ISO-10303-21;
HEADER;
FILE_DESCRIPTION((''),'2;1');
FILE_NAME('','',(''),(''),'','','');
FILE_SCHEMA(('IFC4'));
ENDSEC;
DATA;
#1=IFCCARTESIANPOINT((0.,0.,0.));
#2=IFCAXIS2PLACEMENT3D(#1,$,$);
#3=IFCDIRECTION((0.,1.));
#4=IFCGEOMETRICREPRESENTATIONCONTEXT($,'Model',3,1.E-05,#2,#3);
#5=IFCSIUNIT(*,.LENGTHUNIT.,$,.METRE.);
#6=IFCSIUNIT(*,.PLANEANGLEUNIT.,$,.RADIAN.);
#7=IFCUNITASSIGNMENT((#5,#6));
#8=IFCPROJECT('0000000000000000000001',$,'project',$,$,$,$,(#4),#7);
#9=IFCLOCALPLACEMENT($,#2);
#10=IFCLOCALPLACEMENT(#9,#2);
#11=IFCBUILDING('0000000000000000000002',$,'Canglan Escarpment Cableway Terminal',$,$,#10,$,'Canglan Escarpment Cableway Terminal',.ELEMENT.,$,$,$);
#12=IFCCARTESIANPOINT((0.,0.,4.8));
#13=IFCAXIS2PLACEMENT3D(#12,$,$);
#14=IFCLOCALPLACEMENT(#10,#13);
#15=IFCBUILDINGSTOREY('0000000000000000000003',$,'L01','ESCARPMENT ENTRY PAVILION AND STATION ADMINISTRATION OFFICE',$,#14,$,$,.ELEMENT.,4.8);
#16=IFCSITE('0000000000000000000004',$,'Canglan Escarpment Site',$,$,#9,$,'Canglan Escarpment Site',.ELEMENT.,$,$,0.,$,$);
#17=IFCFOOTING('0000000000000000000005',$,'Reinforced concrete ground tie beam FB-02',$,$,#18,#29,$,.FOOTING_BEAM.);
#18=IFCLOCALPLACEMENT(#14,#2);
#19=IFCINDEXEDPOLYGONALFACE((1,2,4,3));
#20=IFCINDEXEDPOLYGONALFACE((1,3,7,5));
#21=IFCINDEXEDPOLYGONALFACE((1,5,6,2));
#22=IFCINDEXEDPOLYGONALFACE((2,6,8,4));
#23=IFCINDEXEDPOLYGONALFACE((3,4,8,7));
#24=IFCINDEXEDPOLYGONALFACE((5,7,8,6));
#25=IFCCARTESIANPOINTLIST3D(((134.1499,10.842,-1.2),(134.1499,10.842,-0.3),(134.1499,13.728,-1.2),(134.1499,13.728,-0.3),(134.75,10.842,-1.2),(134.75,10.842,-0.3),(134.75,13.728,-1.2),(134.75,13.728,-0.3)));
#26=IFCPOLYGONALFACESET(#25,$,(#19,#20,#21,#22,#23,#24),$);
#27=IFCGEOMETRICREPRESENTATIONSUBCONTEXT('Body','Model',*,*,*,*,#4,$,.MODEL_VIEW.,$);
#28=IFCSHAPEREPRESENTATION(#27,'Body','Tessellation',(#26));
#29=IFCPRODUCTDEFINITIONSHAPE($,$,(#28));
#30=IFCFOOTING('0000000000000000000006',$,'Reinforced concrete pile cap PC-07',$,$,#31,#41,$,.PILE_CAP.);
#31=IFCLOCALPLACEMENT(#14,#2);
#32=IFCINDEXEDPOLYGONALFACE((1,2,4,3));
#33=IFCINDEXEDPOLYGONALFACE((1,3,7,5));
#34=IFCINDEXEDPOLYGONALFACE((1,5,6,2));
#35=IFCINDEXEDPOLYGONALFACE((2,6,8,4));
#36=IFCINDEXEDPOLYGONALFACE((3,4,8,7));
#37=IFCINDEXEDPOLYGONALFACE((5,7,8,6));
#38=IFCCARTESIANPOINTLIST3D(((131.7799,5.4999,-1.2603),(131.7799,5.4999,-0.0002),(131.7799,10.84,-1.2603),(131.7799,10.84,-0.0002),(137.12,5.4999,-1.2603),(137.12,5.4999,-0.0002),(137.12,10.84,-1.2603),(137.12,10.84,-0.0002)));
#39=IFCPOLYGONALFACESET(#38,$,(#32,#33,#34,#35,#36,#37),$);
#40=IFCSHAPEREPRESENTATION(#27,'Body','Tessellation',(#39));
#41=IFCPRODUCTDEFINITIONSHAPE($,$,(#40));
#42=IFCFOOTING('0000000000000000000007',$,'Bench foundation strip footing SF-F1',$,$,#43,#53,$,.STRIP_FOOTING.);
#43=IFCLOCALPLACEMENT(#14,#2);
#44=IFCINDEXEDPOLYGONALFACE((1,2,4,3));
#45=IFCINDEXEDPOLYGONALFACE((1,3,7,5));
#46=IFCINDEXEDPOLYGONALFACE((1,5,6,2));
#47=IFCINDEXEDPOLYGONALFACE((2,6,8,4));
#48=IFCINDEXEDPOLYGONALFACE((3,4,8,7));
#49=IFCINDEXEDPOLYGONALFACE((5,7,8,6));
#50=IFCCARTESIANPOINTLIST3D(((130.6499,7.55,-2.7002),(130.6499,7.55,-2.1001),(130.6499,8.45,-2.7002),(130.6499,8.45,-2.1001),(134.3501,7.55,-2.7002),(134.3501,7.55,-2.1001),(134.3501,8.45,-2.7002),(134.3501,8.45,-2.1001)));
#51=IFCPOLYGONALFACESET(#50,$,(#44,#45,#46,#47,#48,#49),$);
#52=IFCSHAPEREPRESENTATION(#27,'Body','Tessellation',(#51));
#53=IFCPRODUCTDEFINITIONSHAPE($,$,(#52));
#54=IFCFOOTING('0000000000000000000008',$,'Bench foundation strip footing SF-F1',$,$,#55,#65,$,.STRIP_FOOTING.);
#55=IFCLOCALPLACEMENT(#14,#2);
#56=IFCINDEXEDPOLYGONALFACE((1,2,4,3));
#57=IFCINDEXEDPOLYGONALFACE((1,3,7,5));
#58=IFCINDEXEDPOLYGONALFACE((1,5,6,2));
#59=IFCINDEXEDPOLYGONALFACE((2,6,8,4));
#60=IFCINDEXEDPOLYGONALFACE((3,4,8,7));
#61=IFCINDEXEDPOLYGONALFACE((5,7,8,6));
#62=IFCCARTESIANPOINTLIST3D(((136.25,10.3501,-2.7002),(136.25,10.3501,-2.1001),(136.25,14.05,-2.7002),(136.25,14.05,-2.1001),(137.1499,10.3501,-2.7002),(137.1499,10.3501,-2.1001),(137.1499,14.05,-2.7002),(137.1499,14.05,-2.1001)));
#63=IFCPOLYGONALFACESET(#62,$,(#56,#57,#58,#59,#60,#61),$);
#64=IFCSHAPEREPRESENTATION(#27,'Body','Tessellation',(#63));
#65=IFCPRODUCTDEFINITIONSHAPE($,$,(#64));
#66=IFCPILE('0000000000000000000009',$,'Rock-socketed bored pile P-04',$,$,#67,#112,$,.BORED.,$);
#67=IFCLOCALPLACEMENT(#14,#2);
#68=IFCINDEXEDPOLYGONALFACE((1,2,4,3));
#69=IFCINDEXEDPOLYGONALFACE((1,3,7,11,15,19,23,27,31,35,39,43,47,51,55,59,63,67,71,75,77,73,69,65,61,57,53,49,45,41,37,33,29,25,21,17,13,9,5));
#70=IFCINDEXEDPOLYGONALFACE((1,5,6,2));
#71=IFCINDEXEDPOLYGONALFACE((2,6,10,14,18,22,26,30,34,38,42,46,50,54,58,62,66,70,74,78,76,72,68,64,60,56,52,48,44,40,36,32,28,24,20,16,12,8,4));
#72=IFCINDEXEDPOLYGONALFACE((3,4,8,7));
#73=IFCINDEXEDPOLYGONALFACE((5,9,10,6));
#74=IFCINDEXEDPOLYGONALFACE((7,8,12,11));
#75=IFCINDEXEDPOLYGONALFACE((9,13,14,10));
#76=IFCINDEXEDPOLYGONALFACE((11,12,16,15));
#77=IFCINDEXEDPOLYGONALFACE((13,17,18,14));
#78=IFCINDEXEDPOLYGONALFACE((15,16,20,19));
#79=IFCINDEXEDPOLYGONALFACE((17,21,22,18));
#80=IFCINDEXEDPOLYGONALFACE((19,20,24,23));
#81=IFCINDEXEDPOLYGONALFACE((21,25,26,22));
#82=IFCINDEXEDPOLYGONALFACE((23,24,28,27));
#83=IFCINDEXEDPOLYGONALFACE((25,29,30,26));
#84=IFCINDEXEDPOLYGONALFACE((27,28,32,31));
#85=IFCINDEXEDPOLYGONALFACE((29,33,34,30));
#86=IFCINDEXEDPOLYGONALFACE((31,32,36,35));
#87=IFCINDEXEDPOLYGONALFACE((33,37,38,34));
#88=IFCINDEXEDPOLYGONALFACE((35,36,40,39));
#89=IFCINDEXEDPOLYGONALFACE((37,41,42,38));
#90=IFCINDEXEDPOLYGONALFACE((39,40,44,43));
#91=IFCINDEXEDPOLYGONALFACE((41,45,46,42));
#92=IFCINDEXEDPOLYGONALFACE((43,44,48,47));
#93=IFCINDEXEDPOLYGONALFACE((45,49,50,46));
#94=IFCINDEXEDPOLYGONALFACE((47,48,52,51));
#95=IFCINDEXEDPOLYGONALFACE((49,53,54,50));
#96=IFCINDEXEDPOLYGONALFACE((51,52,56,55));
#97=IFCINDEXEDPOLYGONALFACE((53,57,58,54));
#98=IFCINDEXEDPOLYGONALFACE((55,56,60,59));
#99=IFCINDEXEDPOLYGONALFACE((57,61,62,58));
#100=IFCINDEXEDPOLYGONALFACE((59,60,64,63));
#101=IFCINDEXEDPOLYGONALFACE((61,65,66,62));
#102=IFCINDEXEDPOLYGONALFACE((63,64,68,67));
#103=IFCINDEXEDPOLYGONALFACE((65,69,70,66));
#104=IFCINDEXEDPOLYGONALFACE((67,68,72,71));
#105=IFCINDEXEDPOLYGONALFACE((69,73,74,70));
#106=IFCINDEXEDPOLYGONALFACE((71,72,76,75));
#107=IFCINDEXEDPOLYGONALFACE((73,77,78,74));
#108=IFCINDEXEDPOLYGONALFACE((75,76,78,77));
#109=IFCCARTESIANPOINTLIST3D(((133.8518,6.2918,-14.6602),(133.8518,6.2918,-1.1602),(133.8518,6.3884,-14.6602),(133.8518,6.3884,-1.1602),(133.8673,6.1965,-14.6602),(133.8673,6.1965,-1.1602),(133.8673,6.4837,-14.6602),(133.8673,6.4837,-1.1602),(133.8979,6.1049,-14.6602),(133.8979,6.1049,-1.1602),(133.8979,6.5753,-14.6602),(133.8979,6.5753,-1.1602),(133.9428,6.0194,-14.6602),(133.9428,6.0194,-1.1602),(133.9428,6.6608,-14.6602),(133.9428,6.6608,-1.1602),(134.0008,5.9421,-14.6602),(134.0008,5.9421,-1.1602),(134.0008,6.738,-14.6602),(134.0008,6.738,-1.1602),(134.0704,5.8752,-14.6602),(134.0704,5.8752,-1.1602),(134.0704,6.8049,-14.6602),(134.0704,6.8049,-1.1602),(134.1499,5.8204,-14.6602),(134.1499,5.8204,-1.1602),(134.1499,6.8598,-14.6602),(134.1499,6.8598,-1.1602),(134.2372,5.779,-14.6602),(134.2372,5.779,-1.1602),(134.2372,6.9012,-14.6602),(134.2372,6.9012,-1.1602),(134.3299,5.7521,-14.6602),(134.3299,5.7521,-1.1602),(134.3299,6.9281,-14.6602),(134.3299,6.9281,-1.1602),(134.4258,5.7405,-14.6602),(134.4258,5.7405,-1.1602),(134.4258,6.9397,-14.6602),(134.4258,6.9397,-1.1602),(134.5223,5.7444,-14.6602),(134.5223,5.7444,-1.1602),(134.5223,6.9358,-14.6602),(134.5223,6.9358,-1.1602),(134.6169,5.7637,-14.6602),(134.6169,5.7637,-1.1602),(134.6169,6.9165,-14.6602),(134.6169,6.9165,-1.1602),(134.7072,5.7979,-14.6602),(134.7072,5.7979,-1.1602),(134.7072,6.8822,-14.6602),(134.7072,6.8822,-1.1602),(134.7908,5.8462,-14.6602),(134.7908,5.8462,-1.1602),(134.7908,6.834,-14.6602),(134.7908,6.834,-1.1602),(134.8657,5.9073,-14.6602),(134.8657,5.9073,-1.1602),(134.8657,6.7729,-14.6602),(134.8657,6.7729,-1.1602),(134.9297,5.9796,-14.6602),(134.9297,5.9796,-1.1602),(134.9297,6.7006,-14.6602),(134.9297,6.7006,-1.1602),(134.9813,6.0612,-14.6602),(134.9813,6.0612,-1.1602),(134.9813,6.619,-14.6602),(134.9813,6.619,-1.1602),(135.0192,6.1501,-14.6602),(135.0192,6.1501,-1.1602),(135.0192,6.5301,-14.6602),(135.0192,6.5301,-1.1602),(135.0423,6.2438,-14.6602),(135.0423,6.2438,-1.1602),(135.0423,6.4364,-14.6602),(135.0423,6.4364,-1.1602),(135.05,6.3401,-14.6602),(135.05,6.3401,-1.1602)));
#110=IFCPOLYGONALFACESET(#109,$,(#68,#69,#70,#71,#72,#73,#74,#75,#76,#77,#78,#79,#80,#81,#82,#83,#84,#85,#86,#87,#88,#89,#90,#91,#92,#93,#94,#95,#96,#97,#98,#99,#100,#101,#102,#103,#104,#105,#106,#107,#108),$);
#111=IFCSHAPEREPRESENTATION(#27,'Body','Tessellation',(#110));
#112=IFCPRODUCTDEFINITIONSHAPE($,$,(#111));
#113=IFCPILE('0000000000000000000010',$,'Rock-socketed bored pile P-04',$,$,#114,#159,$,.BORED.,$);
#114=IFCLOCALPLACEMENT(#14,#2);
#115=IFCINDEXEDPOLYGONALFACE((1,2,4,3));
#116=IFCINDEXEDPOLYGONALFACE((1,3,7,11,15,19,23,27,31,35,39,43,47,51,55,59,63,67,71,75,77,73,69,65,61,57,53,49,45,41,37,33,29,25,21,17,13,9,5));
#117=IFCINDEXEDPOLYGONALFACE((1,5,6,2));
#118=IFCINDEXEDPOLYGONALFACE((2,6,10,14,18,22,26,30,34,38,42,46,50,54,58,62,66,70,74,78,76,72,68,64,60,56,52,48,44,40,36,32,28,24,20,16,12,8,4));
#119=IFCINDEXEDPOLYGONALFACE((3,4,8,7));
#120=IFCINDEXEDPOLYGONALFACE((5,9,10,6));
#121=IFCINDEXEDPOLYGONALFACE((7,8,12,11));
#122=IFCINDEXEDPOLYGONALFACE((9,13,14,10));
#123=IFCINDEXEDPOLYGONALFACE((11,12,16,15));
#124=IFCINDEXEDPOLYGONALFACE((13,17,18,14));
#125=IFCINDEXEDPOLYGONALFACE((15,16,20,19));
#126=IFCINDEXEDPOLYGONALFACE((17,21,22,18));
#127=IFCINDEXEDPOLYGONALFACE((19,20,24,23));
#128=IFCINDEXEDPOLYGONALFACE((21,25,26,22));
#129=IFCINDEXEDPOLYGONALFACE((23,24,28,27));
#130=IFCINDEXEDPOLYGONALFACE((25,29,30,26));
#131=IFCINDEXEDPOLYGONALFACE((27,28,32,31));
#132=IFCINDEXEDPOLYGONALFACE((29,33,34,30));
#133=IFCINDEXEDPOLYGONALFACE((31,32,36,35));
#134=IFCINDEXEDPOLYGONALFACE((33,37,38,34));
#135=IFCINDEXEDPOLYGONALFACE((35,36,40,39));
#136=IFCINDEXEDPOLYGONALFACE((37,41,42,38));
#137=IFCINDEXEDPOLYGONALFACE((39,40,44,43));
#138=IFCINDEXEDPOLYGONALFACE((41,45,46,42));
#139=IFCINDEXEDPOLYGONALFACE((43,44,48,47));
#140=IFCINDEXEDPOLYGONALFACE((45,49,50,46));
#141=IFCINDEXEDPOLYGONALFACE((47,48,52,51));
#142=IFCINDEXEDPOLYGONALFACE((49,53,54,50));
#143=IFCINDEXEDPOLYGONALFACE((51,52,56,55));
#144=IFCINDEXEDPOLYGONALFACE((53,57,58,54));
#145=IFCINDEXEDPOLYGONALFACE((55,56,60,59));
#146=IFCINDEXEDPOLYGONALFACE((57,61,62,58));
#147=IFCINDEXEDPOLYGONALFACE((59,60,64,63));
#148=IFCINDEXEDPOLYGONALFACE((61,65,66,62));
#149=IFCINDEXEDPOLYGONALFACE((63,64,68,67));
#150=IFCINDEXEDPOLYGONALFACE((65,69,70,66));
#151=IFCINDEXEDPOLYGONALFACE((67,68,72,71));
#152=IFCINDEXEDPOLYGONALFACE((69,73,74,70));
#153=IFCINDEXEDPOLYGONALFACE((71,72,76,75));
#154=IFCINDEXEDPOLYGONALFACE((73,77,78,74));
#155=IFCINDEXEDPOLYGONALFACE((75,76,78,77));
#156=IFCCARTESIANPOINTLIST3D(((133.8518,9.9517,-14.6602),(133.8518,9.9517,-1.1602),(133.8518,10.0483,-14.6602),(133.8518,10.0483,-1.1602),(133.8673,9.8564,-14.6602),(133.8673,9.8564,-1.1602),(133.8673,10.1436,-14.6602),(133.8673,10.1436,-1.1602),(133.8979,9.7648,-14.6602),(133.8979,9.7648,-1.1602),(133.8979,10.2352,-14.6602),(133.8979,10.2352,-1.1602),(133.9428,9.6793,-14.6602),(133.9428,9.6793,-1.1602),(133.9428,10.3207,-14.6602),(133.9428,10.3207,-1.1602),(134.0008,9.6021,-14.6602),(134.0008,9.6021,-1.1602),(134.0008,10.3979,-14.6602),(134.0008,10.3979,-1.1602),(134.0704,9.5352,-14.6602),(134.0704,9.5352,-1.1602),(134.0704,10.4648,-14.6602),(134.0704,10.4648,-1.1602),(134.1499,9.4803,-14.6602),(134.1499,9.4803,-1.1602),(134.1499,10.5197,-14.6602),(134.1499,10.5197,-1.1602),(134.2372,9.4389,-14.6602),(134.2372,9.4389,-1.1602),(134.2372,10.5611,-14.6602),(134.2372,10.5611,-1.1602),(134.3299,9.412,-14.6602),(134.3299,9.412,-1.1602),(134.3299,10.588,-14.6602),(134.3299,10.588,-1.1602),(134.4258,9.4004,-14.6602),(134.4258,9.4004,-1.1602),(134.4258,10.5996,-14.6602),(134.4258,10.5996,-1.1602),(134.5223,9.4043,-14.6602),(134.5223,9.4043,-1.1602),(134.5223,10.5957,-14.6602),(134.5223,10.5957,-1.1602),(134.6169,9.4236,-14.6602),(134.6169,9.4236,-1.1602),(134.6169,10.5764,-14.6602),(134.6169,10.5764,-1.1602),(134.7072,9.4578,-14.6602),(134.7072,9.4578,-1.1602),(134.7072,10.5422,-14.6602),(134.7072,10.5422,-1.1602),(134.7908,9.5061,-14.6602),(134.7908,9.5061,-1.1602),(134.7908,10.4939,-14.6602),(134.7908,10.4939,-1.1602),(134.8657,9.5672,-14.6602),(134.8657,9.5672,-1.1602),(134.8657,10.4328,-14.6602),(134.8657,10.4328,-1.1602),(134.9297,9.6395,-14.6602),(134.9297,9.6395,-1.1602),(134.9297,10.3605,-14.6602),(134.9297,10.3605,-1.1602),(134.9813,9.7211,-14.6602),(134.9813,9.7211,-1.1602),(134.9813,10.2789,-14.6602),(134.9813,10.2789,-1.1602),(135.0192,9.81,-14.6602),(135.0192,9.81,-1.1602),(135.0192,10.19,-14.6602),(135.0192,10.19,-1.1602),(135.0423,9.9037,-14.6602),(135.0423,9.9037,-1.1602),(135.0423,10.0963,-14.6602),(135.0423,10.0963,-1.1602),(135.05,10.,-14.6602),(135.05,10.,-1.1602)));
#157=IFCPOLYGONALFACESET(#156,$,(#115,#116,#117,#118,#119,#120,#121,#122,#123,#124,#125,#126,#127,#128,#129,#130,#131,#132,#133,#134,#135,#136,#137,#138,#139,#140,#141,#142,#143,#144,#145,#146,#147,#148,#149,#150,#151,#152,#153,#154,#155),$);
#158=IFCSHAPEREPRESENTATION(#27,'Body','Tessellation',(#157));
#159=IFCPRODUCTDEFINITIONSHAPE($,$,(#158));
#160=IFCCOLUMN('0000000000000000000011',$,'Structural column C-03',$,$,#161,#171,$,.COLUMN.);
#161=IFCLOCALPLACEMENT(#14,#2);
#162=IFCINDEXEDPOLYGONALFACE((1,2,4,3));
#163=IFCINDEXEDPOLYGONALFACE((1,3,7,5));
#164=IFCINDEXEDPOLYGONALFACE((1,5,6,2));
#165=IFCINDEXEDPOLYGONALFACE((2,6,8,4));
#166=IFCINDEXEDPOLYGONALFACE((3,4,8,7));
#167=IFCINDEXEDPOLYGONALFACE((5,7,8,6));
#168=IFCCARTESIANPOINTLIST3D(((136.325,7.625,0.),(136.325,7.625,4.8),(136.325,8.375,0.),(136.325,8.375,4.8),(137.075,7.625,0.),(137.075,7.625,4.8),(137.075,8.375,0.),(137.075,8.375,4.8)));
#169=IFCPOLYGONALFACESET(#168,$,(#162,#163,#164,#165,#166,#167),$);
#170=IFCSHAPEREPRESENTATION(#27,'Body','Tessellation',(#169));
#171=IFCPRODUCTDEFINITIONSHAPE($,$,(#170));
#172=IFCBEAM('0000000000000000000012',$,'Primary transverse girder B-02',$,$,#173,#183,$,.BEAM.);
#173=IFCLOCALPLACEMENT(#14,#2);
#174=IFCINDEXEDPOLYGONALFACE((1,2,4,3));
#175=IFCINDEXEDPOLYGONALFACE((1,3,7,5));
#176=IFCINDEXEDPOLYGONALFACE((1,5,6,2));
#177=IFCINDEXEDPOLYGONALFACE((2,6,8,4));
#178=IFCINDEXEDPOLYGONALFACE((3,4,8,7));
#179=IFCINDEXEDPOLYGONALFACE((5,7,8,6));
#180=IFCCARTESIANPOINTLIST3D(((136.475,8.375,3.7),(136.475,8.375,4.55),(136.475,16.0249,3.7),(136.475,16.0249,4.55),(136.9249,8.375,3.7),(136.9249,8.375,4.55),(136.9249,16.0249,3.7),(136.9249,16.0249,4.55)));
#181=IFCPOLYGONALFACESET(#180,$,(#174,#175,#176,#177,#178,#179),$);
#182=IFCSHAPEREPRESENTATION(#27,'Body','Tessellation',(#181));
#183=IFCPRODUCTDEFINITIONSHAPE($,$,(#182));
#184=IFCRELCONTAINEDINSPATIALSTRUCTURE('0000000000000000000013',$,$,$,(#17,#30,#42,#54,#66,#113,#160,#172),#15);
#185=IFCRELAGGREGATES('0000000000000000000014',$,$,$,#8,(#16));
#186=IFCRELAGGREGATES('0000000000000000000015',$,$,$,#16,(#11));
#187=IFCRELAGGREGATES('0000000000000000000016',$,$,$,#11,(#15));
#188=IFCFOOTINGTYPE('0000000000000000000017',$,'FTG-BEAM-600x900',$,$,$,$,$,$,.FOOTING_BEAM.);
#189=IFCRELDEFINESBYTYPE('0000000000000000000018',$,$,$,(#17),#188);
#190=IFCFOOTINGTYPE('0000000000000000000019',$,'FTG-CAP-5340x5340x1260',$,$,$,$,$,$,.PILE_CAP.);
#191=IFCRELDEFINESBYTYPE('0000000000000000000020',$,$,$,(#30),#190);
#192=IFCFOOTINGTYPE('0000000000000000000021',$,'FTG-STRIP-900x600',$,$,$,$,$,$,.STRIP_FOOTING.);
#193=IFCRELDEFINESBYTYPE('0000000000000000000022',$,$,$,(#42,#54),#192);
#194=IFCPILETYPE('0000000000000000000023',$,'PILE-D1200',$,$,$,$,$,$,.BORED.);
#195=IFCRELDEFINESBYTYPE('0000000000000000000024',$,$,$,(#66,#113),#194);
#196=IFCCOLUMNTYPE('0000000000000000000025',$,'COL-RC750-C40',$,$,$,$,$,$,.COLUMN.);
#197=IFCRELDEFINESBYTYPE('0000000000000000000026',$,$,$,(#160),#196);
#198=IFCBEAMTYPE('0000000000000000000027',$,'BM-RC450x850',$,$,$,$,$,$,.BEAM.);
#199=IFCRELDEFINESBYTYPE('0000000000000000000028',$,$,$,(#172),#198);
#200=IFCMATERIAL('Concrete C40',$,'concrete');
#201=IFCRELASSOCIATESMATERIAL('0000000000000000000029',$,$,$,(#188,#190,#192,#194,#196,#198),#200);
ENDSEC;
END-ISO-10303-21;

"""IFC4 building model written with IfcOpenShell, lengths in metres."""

from ifc_helpers import new_model, si_unit, direction, frame, origin, origin_2d, place, context, subcontext, project, spatial, rectangle, circle, extrude, material, material_profile, profile_set, type_object, element, save


model = new_model("IFC4")

# Units and contexts
model_context = context("Model", 3, precision=1e-05, world=origin(), true_north=direction((0.0, 1.0)))
body_context = subcontext(model_context, "Body", "Model", "MODEL_VIEW")
ifc_project = project(units=[si_unit("LENGTHUNIT", "METRE"), si_unit("PLANEANGLEUNIT", "RADIAN")], contexts=[model_context])

# Site, building, storey
site_placement = place(None, origin())
site = spatial("IfcSite", under=ifc_project, at=site_placement, Name="Canglan Escarpment Site", LongName="Canglan Escarpment Site", CompositionType="ELEMENT", RefElevation=0.0)
building_placement = place(site_placement, origin())
building = spatial("IfcBuilding", under=site, at=building_placement, Name="Canglan Escarpment Cableway Terminal", LongName="Canglan Escarpment Cableway Terminal", CompositionType="ELEMENT")
storey_placement = place(building_placement, frame((0.0, 0.0, 4.8)))
storey = spatial("IfcBuildingStorey", under=building, at=storey_placement, Name="L01", Description="ESCARPMENT ENTRY PAVILION AND STATION ADMINISTRATION OFFICE", CompositionType="ELEMENT", Elevation=4.8)

# Footings
ifc_material_1 = material(Name="Concrete C40", Category="concrete")
ifc_material_profile_1 = material_profile(ifc_material_1, rectangle(XDim=0.6001, YDim=0.8999, at=origin_2d()), Name="FB 600x900")
ifc_profile_set_1 = profile_set([ifc_material_profile_1], Name="Concrete C40")
footing_type_1 = type_object("IfcFootingType", Name="FTG-BEAM-600x900", PredefinedType="FOOTING_BEAM", material=ifc_profile_set_1)
footing_1_placement = place(storey_placement, frame((134.45, 10.842, -0.75), z_axis=(0.0, 1.0, 0.0), x_axis=(-1.0, 0.0, 0.0)))
element("IfcFooting", 1, at=footing_1_placement, inside=storey, type_object=footing_type_1, Name="Reinforced concrete ground tie beam FB-02", PredefinedType="FOOTING_BEAM", context=body_context, shape_type="SweptSolid", body=[
    extrude(rectangle(XDim=0.6001, YDim=0.8999, at=origin_2d()), origin(), (0.0, 0.0, 1.0), 2.886),
])
footing_type_2 = type_object("IfcFootingType", Name="FTG-CAP-5340x5340x1260", PredefinedType="PILE_CAP", material=ifc_material_1)
footing_2_placement = place(storey_placement, frame((134.45, 8.1699, -1.2603), z_axis=(0.0, 0.0, 1.0), x_axis=(1.0, 0.0, 0.0)))
element("IfcFooting", 2, at=footing_2_placement, inside=storey, type_object=footing_type_2, Name="Reinforced concrete pile cap PC-07", PredefinedType="PILE_CAP", context=body_context, shape_type="SweptSolid", body=[
    extrude(rectangle(XDim=5.3401, YDim=5.3401, at=origin_2d()), origin(), (0.0, 0.0, 1.0), 1.26),
])
ifc_material_profile_2 = material_profile(ifc_material_1, rectangle(XDim=0.8999, YDim=0.6001, at=origin_2d()), Name="SF 900x600")
ifc_profile_set_2 = profile_set([ifc_material_profile_2], Name="Concrete C40")
footing_type_3 = type_object("IfcFootingType", Name="FTG-STRIP-900x600", PredefinedType="STRIP_FOOTING", material=ifc_profile_set_2)
footing_3_placement = place(storey_placement, frame((130.6499, 8.0, -2.4001), z_axis=(1.0, 0.0, 0.0), x_axis=(0.0, 1.0, 0.0)))
element("IfcFooting", 3, at=footing_3_placement, inside=storey, type_object=footing_type_3, Name="Bench foundation strip footing SF-F1", PredefinedType="STRIP_FOOTING", context=body_context, shape_type="SweptSolid", body=[
    extrude(rectangle(XDim=0.8999, YDim=0.6001, at=origin_2d()), origin(), (0.0, 0.0, 1.0), 3.7002),
])
footing_4_placement = place(storey_placement, frame((136.7, 10.3501, -2.4001), z_axis=(0.0, 1.0, 0.0), x_axis=(-1.0, 0.0, 0.0)))
element("IfcFooting", 4, at=footing_4_placement, inside=storey, type_object=footing_type_3, Name="Bench foundation strip footing SF-F1", PredefinedType="STRIP_FOOTING", context=body_context, shape_type="SweptSolid", body=[
    extrude(rectangle(XDim=0.8999, YDim=0.6001, at=origin_2d()), origin(), (0.0, 0.0, 1.0), 3.7),
])

# Piles
ifc_material_profile_3 = material_profile(ifc_material_1, circle(Radius=0.6001, at=origin_2d()), Name="BORED PILE D1200")
ifc_profile_set_3 = profile_set([ifc_material_profile_3], Name="Concrete C40")
pile_type = type_object("IfcPileType", Name="PILE-D1200", PredefinedType="BORED", material=ifc_profile_set_3)
for number, where, z_axis, x_axis, name in (
    (5, (134.45, 6.3401, -1.1602), (0.0, 0.0, -1.0), (1.0, 0.0, 0.0), "Rock-socketed bored pile P-04"),
    (6, (134.45, 10.0, -1.1602), (0.0, 0.0, -1.0), (1.0, 0.0, 0.0), "Rock-socketed bored pile P-04"),
):
    element("IfcPile", number, at=place(storey_placement, frame(where, z_axis=z_axis, x_axis=x_axis)), inside=storey, type_object=pile_type, Name=name, PredefinedType="BORED", context=body_context, shape_type="SweptSolid", body=[
        extrude(circle(Radius=0.6001, at=origin_2d()), origin(), (0.0, 0.0, 1.0), 13.5),
    ])

# Column
ifc_material_profile_4 = material_profile(ifc_material_1, rectangle(XDim=0.75, YDim=0.75, at=origin_2d()), Name="RC 750x750")
ifc_profile_set_4 = profile_set([ifc_material_profile_4], Name="Concrete C40")
column_type = type_object("IfcColumnType", Name="COL-RC750-C40", PredefinedType="COLUMN", material=ifc_profile_set_4)
column_placement = place(storey_placement, frame((136.7, 8.0, 0.0), z_axis=(0.0, 0.0, 1.0), x_axis=(1.0, 0.0, 0.0)))
element("IfcColumn", 7, at=column_placement, inside=storey, type_object=column_type, Name="Structural column C-03", PredefinedType="COLUMN", context=body_context, shape_type="SweptSolid", body=[
    extrude(rectangle(XDim=0.75, YDim=0.75, at=origin_2d()), origin(), (0.0, 0.0, 1.0), 4.8),
])

# Beam
ifc_material_profile_5 = material_profile(ifc_material_1, rectangle(XDim=0.45, YDim=0.8501, at=origin_2d()), Name="RC 450x850")
ifc_profile_set_5 = profile_set([ifc_material_profile_5], Name="Concrete C40")
beam_type = type_object("IfcBeamType", Name="BM-RC450x850", PredefinedType="BEAM", material=ifc_profile_set_5)
beam_placement = place(storey_placement, frame((136.7, 8.375, 4.125), z_axis=(0.0, 1.0, 0.0), x_axis=(-1.0, 0.0, 0.0)))
element("IfcBeam", 8, at=beam_placement, inside=storey, type_object=beam_type, Name="Primary transverse girder B-02", PredefinedType="BEAM", context=body_context, shape_type="SweptSolid", body=[
    extrude(rectangle(XDim=0.45, YDim=0.8501, at=origin_2d()), origin(), (0.0, 0.0, 1.0), 7.6499),
])

save(model, "model.ifc")
